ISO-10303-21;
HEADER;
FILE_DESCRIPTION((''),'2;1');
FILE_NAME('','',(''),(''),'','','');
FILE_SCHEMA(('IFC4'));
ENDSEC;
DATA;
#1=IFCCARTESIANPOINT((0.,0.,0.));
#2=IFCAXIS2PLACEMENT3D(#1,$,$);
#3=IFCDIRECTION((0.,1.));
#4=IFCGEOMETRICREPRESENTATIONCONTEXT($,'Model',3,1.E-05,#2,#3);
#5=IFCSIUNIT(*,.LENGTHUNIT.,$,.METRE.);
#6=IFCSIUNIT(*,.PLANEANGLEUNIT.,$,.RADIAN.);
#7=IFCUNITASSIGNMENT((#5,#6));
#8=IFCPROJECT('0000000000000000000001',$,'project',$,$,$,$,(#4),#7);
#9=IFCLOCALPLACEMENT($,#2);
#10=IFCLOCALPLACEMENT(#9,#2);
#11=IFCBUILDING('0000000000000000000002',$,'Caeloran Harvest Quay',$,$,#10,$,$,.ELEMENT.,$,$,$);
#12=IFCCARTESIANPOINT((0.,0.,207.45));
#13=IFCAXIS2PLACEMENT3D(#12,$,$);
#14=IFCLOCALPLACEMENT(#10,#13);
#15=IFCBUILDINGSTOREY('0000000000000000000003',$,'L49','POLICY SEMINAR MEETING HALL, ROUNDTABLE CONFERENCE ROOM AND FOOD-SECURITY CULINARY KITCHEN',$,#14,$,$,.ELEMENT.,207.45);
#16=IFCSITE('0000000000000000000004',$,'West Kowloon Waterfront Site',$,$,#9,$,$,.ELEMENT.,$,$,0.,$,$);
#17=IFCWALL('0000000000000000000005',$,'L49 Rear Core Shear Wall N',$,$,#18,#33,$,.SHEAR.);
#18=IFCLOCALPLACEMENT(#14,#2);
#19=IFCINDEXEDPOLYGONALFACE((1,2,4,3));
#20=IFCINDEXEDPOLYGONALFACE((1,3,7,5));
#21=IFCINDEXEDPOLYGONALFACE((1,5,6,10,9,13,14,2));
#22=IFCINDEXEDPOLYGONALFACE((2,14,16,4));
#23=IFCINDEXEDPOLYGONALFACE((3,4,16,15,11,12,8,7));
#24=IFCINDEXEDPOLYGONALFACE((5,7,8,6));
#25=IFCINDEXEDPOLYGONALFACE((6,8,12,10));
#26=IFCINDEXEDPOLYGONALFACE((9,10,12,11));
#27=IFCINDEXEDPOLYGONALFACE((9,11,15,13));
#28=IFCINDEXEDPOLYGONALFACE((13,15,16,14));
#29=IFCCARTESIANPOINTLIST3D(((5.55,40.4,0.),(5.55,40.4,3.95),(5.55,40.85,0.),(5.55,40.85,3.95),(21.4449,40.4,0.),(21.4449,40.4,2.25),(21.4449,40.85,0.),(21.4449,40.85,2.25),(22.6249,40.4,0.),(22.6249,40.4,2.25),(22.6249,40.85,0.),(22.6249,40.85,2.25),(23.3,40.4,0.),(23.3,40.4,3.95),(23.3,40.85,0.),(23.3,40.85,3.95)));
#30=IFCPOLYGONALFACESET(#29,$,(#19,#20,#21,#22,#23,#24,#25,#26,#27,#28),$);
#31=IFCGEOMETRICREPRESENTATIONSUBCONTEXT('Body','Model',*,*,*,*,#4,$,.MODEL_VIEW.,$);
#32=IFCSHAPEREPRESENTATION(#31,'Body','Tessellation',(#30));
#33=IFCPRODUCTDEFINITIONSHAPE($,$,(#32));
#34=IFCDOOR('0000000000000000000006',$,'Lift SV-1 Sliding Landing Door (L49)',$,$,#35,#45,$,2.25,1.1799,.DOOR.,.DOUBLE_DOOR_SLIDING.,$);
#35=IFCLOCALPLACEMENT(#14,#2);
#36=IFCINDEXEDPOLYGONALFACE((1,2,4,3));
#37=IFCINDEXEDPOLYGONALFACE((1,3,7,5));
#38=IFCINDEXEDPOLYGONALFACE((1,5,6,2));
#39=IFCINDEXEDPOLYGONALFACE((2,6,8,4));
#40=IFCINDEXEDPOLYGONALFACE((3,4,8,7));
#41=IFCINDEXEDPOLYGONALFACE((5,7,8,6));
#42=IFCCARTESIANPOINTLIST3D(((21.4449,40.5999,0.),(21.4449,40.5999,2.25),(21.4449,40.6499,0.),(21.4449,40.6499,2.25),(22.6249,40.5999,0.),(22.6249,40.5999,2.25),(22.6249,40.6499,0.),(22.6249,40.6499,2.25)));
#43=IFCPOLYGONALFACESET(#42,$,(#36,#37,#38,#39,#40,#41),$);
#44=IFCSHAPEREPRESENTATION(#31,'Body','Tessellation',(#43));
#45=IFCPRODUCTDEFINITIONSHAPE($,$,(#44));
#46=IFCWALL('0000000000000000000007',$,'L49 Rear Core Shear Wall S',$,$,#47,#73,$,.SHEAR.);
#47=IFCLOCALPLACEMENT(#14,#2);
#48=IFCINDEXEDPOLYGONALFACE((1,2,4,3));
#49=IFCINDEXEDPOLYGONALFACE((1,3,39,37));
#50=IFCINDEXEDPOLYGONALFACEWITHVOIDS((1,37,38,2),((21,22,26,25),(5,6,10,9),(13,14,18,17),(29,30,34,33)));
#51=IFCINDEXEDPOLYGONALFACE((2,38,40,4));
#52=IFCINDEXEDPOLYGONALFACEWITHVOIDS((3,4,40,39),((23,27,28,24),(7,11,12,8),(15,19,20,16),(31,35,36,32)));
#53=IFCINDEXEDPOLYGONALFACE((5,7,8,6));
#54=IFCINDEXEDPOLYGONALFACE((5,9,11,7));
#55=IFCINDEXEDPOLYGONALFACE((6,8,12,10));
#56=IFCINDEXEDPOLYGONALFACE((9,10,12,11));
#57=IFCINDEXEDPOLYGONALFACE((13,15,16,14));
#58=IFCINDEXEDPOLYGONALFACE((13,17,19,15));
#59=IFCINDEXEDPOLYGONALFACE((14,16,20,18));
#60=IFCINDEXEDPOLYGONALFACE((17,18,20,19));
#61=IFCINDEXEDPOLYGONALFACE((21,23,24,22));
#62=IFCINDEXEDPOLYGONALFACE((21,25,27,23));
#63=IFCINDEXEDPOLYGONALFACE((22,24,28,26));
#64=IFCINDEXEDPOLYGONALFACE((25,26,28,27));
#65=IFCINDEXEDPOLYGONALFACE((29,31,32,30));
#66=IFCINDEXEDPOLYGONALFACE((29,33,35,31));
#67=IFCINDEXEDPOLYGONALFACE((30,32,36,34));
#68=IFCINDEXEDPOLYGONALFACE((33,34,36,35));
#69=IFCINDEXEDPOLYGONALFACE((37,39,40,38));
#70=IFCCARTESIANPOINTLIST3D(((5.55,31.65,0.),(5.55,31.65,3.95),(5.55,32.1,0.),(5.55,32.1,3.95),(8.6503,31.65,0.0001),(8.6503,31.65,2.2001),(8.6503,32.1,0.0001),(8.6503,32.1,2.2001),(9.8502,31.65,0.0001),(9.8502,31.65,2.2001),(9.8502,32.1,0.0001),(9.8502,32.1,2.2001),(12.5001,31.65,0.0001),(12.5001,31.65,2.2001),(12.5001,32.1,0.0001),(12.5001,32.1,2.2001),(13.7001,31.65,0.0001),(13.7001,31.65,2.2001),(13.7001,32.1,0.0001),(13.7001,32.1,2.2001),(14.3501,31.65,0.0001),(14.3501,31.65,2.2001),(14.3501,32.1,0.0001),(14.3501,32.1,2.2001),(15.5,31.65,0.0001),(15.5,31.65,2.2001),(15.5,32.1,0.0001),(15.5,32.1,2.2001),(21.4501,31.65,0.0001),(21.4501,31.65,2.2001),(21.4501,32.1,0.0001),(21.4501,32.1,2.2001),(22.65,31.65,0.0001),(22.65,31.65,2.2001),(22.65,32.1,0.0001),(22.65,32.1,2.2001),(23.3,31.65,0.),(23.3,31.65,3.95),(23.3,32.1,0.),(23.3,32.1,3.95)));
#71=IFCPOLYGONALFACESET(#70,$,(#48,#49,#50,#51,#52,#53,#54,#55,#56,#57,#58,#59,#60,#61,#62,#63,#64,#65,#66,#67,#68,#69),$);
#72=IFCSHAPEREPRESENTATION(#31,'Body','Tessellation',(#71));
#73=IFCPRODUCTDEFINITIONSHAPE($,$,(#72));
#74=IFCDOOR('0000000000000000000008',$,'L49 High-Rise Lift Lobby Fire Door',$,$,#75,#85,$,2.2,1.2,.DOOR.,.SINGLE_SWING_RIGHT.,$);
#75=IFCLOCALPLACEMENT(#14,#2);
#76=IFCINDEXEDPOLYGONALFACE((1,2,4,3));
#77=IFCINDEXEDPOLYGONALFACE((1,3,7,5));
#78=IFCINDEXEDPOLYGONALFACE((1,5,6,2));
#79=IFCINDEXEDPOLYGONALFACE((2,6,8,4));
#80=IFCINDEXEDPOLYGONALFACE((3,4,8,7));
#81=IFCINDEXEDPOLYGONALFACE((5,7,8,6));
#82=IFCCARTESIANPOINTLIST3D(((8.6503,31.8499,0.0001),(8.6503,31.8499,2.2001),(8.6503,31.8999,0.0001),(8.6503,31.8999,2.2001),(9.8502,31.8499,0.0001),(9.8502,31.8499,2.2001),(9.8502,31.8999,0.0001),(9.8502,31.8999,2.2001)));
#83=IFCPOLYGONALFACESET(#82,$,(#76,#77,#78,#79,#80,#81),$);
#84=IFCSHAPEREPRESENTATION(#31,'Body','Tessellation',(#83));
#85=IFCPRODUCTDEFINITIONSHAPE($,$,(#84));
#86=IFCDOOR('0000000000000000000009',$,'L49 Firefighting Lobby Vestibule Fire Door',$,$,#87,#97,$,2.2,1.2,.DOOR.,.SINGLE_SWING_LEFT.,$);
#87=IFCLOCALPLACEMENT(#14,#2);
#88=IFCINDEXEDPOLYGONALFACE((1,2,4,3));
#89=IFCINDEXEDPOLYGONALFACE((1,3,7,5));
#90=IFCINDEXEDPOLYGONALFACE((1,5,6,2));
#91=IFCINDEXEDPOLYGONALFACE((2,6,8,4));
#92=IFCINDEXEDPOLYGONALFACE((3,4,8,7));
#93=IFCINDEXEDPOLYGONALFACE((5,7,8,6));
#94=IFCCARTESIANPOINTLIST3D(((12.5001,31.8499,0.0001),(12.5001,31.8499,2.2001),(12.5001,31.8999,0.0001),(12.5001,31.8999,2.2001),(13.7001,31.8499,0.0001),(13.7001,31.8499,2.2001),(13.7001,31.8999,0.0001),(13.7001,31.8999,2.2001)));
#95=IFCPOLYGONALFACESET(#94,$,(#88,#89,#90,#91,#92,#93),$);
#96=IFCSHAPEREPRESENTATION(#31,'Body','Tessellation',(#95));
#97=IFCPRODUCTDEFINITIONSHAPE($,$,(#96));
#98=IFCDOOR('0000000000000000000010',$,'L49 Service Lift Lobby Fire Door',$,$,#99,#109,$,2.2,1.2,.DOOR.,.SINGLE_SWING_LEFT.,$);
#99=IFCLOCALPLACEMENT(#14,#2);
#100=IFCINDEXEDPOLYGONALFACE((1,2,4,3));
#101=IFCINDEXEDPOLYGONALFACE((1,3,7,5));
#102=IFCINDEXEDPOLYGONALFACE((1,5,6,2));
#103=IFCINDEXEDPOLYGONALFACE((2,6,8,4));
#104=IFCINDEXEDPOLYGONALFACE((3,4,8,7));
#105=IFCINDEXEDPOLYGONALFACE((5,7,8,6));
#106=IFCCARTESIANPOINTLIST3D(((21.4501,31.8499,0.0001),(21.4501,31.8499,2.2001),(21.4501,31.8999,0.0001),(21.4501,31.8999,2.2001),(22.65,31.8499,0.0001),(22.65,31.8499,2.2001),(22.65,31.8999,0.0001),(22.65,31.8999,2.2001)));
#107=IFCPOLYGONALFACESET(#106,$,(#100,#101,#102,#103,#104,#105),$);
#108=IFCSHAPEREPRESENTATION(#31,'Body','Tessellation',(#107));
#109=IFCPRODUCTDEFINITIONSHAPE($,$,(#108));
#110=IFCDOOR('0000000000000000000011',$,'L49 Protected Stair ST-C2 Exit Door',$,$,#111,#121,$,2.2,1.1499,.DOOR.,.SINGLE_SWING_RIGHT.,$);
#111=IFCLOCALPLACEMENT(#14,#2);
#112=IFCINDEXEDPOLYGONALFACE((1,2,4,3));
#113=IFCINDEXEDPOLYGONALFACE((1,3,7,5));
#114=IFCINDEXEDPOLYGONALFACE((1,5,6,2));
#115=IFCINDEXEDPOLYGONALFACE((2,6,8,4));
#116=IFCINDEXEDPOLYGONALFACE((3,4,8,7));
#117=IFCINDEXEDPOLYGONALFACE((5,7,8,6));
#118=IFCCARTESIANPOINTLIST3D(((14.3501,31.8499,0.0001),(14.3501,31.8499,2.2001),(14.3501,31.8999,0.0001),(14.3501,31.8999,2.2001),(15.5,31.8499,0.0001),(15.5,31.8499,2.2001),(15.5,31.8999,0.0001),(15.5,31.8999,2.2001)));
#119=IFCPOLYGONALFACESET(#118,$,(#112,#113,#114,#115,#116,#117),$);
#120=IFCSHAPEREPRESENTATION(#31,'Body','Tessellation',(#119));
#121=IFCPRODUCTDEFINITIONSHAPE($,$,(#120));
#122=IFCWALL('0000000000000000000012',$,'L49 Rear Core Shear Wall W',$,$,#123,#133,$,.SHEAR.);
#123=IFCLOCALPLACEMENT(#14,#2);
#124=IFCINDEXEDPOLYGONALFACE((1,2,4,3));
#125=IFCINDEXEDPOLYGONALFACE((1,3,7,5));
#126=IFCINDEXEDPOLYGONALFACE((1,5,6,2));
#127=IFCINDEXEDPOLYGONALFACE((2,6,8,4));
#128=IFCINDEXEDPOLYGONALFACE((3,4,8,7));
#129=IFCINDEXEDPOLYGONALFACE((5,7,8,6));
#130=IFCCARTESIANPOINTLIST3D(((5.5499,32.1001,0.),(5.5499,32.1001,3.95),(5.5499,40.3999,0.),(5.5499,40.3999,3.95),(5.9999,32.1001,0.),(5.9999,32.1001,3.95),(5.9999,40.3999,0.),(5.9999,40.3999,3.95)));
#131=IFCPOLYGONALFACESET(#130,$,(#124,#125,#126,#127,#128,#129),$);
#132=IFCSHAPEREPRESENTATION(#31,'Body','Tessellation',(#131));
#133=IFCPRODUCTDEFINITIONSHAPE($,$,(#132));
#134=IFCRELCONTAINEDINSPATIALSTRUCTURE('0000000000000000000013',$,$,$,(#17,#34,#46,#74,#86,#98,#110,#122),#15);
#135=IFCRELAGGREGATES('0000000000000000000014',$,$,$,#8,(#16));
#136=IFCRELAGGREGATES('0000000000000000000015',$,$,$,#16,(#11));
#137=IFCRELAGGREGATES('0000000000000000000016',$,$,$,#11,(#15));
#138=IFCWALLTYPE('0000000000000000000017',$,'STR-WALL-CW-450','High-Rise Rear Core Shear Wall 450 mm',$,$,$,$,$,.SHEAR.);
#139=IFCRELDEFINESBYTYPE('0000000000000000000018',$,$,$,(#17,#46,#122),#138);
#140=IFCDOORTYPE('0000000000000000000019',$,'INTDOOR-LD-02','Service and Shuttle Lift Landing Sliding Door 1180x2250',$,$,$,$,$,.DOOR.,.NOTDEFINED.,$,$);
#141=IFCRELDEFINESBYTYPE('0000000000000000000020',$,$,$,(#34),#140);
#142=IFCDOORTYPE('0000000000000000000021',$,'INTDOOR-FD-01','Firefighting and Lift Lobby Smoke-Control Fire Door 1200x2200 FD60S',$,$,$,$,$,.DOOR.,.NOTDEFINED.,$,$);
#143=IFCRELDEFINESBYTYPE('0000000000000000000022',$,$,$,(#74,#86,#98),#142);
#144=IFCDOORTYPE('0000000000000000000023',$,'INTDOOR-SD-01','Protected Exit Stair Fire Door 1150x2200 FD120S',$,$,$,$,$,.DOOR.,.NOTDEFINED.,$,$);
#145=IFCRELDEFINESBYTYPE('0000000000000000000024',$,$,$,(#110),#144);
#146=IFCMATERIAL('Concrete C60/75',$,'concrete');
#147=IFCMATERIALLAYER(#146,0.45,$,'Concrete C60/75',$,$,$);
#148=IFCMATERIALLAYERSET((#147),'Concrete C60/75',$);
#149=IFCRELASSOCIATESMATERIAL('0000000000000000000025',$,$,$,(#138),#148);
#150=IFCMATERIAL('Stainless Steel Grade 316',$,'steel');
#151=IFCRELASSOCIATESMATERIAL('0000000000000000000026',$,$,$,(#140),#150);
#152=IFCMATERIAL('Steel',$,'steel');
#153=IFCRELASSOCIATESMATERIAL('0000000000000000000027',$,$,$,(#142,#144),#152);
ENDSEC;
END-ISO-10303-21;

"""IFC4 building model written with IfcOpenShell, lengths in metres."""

from ifc_helpers import new_model, si_unit, direction, frame, frame_2d, origin, place, context, subcontext, project, spatial, rectangle, extrude, material, layer, layer_set, type_object, element, fill, save


model = new_model("IFC4")

# Units and contexts
model_context = context("Model", 3, precision=1e-05, world=origin(), true_north=direction((0.0, 1.0)))
body_context = subcontext(model_context, "Body", "Model", "MODEL_VIEW")
ifc_project = project(units=[si_unit("LENGTHUNIT", "METRE"), si_unit("PLANEANGLEUNIT", "RADIAN")], contexts=[model_context])

# Site, building, storey
site_placement = place(None, origin())
site = spatial("IfcSite", under=ifc_project, at=site_placement, Name="West Kowloon Waterfront Site", CompositionType="ELEMENT", RefElevation=0.0)
building_placement = place(site_placement, origin())
building = spatial("IfcBuilding", under=site, at=building_placement, Name="Caeloran Harvest Quay", CompositionType="ELEMENT")
storey_placement = place(building_placement, frame((0.0, 0.0, 207.45)))
storey = spatial("IfcBuildingStorey", under=building, at=storey_placement, Name="L49", Description="POLICY SEMINAR MEETING HALL, ROUNDTABLE CONFERENCE ROOM AND FOOD-SECURITY CULINARY KITCHEN", CompositionType="ELEMENT", Elevation=207.45)

# Shared definitions
ifc_material_1 = material(Name="Concrete C60/75", Category="concrete")

# Shared definitions
ifc_material_2 = material(Name="Stainless Steel Grade 316", Category="steel")

# Wall, opening, door
ifc_layer_1 = layer(ifc_material_1, 0.45, Name="Concrete C60/75")
ifc_layer_set_1 = layer_set([ifc_layer_1], Name="Concrete C60/75")
wall_type_1 = type_object("IfcWallType", Name="STR-WALL-CW-450", Description="High-Rise Rear Core Shear Wall 450 mm", PredefinedType="SHEAR", material=ifc_layer_set_1)
wall_1_placement = place(storey_placement, frame((5.55, 40.625, 0.0), z_axis=(0.0, 0.0, 1.0), x_axis=(1.0, 0.0, 0.0)))
wall_1 = element("IfcWall", 1, at=wall_1_placement, inside=storey, type_object=wall_type_1, Name="L49 Rear Core Shear Wall N", PredefinedType="SHEAR", context=body_context, shape_type="SweptSolid", body=[
    extrude(rectangle(XDim=17.75, YDim=0.45, at=frame_2d((8.875, 0.0))), origin(), (0.0, 0.0, 1.0), 3.95),
])
opening_1_placement = place(wall_1_placement, frame((15.895, 0.0, 0.0)))
opening_1 = element("IfcOpeningElement", 2, at=opening_1_placement, cuts=wall_1, PredefinedType="OPENING", context=body_context, shape_type="SweptSolid", body=[
    extrude(rectangle(XDim=1.1799, YDim=2.25, at=frame_2d((0.5898, 1.125))), frame((0.0, 0.2349, 0.0), z_axis=(0.0, -1.0, 0.0), x_axis=(1.0, 0.0, 0.0)), (0.0, 0.0, 1.0), 0.47),
])
door_type_1 = type_object("IfcDoorType", Name="INTDOOR-LD-02", Description="Service and Shuttle Lift Landing Sliding Door 1180x2250", OperationType="NOTDEFINED", PredefinedType="DOOR", material=ifc_material_2)
door_1_placement = place(opening_1_placement, origin())
door_1 = element("IfcDoor", 3, at=door_1_placement, inside=storey, type_object=door_type_1, Name="Lift SV-1 Sliding Landing Door (L49)", OperationType="DOUBLE_DOOR_SLIDING", OverallHeight=2.25, OverallWidth=1.1799, PredefinedType="DOOR", context=body_context, shape_type="SweptSolid", body=[
    extrude(rectangle(XDim=1.1799, YDim=2.25, at=frame_2d((0.5898, 1.125))), frame((0.0, 0.0249, 0.0), z_axis=(0.0, -1.0, 0.0), x_axis=(1.0, 0.0, 0.0)), (0.0, 0.0, 1.0), 0.05),
])
fill(opening_1, door_1)

# Wall, openings, doors
wall_2_placement = place(storey_placement, frame((5.55, 31.875, 0.0), z_axis=(0.0, 0.0, 1.0), x_axis=(1.0, 0.0, 0.0)))
wall_2 = element("IfcWall", 4, at=wall_2_placement, inside=storey, type_object=wall_type_1, Name="L49 Rear Core Shear Wall S", PredefinedType="SHEAR", context=body_context, shape_type="SweptSolid", body=[
    extrude(rectangle(XDim=17.75, YDim=0.45, at=frame_2d((8.875, 0.0))), origin(), (0.0, 0.0, 1.0), 3.95),
])
opening_2_placement = place(wall_2_placement, frame((3.1001, 0.0, 0.0)))
opening_2 = element("IfcOpeningElement", 5, at=opening_2_placement, cuts=wall_2, PredefinedType="OPENING", context=body_context, shape_type="SweptSolid", body=[
    extrude(rectangle(XDim=1.2, YDim=2.2, at=frame_2d((0.6001, 1.1001))), frame((0.0, 0.2349, 0.0), z_axis=(0.0, -1.0, 0.0), x_axis=(1.0, 0.0, 0.0)), (0.0, 0.0, 1.0), 0.47),
])
opening_3_placement = place(wall_2_placement, frame((6.95, 0.0, 0.0)))
opening_3 = element("IfcOpeningElement", 6, at=opening_3_placement, cuts=wall_2, PredefinedType="OPENING", context=body_context, shape_type="SweptSolid", body=[
    extrude(rectangle(XDim=1.2, YDim=2.2, at=frame_2d((0.6001, 1.1001))), frame((0.0, 0.2349, 0.0), z_axis=(0.0, -1.0, 0.0), x_axis=(1.0, 0.0, 0.0)), (0.0, 0.0, 1.0), 0.47),
])
opening_4_placement = place(wall_2_placement, frame((8.8, 0.0, 0.0)))
opening_4 = element("IfcOpeningElement", 7, at=opening_4_placement, cuts=wall_2, PredefinedType="OPENING", context=body_context, shape_type="SweptSolid", body=[
    extrude(rectangle(XDim=1.1499, YDim=2.2, at=frame_2d((0.575, 1.1001))), frame((0.0, 0.2349, 0.0), z_axis=(0.0, -1.0, 0.0), x_axis=(1.0, 0.0, 0.0)), (0.0, 0.0, 1.0), 0.47),
])
opening_5_placement = place(wall_2_placement, frame((15.8999, 0.0, 0.0)))
opening_5 = element("IfcOpeningElement", 8, at=opening_5_placement, cuts=wall_2, PredefinedType="OPENING", context=body_context, shape_type="SweptSolid", body=[
    extrude(rectangle(XDim=1.2, YDim=2.2, at=frame_2d((0.6001, 1.1001))), frame((0.0, 0.2349, 0.0), z_axis=(0.0, -1.0, 0.0), x_axis=(1.0, 0.0, 0.0)), (0.0, 0.0, 1.0), 0.47),
])
ifc_material_3 = material(Name="Steel", Category="steel")
door_type_2 = type_object("IfcDoorType", Name="INTDOOR-FD-01", Description="Firefighting and Lift Lobby Smoke-Control Fire Door 1200x2200 FD60S", OperationType="NOTDEFINED", PredefinedType="DOOR", material=ifc_material_3)
door_2_placement = place(opening_2_placement, origin())
door_2 = element("IfcDoor", 9, at=door_2_placement, inside=storey, type_object=door_type_2, Name="L49 High-Rise Lift Lobby Fire Door", OperationType="SINGLE_SWING_RIGHT", OverallHeight=2.2, OverallWidth=1.2, PredefinedType="DOOR", context=body_context, shape_type="SweptSolid", body=[
    extrude(rectangle(XDim=1.2, YDim=2.2, at=frame_2d((0.6001, 1.1001))), frame((0.0, 0.0249, 0.0), z_axis=(0.0, -1.0, 0.0), x_axis=(1.0, 0.0, 0.0)), (0.0, 0.0, 1.0), 0.05),
])
fill(opening_2, door_2)
door_3_placement = place(opening_3_placement, origin())
door_3 = element("IfcDoor", 10, at=door_3_placement, inside=storey, type_object=door_type_2, Name="L49 Firefighting Lobby Vestibule Fire Door", OperationType="SINGLE_SWING_LEFT", OverallHeight=2.2, OverallWidth=1.2, PredefinedType="DOOR", context=body_context, shape_type="SweptSolid", body=[
    extrude(rectangle(XDim=1.2, YDim=2.2, at=frame_2d((0.6001, 1.1001))), frame((0.0, 0.0249, 0.0), z_axis=(0.0, -1.0, 0.0), x_axis=(1.0, 0.0, 0.0)), (0.0, 0.0, 1.0), 0.05),
])
fill(opening_3, door_3)
door_4_placement = place(opening_5_placement, origin())
door_4 = element("IfcDoor", 11, at=door_4_placement, inside=storey, type_object=door_type_2, Name="L49 Service Lift Lobby Fire Door", OperationType="SINGLE_SWING_LEFT", OverallHeight=2.2, OverallWidth=1.2, PredefinedType="DOOR", context=body_context, shape_type="SweptSolid", body=[
    extrude(rectangle(XDim=1.2, YDim=2.2, at=frame_2d((0.6001, 1.1001))), frame((0.0, 0.0249, 0.0), z_axis=(0.0, -1.0, 0.0), x_axis=(1.0, 0.0, 0.0)), (0.0, 0.0, 1.0), 0.05),
])
fill(opening_5, door_4)
door_type_3 = type_object("IfcDoorType", Name="INTDOOR-SD-01", Description="Protected Exit Stair Fire Door 1150x2200 FD120S", OperationType="NOTDEFINED", PredefinedType="DOOR", material=ifc_material_3)
door_5_placement = place(opening_4_placement, origin())
door_5 = element("IfcDoor", 12, at=door_5_placement, inside=storey, type_object=door_type_3, Name="L49 Protected Stair ST-C2 Exit Door", OperationType="SINGLE_SWING_RIGHT", OverallHeight=2.2, OverallWidth=1.1499, PredefinedType="DOOR", context=body_context, shape_type="SweptSolid", body=[
    extrude(rectangle(XDim=1.1499, YDim=2.2, at=frame_2d((0.575, 1.1001))), frame((0.0, 0.0249, 0.0), z_axis=(0.0, -1.0, 0.0), x_axis=(1.0, 0.0, 0.0)), (0.0, 0.0, 1.0), 0.05),
])
fill(opening_4, door_5)

# Wall
wall_3_placement = place(storey_placement, frame((5.7749, 32.1001, 0.0), z_axis=(0.0, 0.0, 1.0), x_axis=(0.0, 1.0, 0.0)))
element("IfcWall", 13, at=wall_3_placement, inside=storey, type_object=wall_type_1, Name="L49 Rear Core Shear Wall W", PredefinedType="SHEAR", context=body_context, shape_type="SweptSolid", body=[
    extrude(rectangle(XDim=8.2998, YDim=0.45, at=frame_2d((4.1499, 0.0))), origin(), (0.0, 0.0, 1.0), 3.95),
])

save(model, "model.ifc")
